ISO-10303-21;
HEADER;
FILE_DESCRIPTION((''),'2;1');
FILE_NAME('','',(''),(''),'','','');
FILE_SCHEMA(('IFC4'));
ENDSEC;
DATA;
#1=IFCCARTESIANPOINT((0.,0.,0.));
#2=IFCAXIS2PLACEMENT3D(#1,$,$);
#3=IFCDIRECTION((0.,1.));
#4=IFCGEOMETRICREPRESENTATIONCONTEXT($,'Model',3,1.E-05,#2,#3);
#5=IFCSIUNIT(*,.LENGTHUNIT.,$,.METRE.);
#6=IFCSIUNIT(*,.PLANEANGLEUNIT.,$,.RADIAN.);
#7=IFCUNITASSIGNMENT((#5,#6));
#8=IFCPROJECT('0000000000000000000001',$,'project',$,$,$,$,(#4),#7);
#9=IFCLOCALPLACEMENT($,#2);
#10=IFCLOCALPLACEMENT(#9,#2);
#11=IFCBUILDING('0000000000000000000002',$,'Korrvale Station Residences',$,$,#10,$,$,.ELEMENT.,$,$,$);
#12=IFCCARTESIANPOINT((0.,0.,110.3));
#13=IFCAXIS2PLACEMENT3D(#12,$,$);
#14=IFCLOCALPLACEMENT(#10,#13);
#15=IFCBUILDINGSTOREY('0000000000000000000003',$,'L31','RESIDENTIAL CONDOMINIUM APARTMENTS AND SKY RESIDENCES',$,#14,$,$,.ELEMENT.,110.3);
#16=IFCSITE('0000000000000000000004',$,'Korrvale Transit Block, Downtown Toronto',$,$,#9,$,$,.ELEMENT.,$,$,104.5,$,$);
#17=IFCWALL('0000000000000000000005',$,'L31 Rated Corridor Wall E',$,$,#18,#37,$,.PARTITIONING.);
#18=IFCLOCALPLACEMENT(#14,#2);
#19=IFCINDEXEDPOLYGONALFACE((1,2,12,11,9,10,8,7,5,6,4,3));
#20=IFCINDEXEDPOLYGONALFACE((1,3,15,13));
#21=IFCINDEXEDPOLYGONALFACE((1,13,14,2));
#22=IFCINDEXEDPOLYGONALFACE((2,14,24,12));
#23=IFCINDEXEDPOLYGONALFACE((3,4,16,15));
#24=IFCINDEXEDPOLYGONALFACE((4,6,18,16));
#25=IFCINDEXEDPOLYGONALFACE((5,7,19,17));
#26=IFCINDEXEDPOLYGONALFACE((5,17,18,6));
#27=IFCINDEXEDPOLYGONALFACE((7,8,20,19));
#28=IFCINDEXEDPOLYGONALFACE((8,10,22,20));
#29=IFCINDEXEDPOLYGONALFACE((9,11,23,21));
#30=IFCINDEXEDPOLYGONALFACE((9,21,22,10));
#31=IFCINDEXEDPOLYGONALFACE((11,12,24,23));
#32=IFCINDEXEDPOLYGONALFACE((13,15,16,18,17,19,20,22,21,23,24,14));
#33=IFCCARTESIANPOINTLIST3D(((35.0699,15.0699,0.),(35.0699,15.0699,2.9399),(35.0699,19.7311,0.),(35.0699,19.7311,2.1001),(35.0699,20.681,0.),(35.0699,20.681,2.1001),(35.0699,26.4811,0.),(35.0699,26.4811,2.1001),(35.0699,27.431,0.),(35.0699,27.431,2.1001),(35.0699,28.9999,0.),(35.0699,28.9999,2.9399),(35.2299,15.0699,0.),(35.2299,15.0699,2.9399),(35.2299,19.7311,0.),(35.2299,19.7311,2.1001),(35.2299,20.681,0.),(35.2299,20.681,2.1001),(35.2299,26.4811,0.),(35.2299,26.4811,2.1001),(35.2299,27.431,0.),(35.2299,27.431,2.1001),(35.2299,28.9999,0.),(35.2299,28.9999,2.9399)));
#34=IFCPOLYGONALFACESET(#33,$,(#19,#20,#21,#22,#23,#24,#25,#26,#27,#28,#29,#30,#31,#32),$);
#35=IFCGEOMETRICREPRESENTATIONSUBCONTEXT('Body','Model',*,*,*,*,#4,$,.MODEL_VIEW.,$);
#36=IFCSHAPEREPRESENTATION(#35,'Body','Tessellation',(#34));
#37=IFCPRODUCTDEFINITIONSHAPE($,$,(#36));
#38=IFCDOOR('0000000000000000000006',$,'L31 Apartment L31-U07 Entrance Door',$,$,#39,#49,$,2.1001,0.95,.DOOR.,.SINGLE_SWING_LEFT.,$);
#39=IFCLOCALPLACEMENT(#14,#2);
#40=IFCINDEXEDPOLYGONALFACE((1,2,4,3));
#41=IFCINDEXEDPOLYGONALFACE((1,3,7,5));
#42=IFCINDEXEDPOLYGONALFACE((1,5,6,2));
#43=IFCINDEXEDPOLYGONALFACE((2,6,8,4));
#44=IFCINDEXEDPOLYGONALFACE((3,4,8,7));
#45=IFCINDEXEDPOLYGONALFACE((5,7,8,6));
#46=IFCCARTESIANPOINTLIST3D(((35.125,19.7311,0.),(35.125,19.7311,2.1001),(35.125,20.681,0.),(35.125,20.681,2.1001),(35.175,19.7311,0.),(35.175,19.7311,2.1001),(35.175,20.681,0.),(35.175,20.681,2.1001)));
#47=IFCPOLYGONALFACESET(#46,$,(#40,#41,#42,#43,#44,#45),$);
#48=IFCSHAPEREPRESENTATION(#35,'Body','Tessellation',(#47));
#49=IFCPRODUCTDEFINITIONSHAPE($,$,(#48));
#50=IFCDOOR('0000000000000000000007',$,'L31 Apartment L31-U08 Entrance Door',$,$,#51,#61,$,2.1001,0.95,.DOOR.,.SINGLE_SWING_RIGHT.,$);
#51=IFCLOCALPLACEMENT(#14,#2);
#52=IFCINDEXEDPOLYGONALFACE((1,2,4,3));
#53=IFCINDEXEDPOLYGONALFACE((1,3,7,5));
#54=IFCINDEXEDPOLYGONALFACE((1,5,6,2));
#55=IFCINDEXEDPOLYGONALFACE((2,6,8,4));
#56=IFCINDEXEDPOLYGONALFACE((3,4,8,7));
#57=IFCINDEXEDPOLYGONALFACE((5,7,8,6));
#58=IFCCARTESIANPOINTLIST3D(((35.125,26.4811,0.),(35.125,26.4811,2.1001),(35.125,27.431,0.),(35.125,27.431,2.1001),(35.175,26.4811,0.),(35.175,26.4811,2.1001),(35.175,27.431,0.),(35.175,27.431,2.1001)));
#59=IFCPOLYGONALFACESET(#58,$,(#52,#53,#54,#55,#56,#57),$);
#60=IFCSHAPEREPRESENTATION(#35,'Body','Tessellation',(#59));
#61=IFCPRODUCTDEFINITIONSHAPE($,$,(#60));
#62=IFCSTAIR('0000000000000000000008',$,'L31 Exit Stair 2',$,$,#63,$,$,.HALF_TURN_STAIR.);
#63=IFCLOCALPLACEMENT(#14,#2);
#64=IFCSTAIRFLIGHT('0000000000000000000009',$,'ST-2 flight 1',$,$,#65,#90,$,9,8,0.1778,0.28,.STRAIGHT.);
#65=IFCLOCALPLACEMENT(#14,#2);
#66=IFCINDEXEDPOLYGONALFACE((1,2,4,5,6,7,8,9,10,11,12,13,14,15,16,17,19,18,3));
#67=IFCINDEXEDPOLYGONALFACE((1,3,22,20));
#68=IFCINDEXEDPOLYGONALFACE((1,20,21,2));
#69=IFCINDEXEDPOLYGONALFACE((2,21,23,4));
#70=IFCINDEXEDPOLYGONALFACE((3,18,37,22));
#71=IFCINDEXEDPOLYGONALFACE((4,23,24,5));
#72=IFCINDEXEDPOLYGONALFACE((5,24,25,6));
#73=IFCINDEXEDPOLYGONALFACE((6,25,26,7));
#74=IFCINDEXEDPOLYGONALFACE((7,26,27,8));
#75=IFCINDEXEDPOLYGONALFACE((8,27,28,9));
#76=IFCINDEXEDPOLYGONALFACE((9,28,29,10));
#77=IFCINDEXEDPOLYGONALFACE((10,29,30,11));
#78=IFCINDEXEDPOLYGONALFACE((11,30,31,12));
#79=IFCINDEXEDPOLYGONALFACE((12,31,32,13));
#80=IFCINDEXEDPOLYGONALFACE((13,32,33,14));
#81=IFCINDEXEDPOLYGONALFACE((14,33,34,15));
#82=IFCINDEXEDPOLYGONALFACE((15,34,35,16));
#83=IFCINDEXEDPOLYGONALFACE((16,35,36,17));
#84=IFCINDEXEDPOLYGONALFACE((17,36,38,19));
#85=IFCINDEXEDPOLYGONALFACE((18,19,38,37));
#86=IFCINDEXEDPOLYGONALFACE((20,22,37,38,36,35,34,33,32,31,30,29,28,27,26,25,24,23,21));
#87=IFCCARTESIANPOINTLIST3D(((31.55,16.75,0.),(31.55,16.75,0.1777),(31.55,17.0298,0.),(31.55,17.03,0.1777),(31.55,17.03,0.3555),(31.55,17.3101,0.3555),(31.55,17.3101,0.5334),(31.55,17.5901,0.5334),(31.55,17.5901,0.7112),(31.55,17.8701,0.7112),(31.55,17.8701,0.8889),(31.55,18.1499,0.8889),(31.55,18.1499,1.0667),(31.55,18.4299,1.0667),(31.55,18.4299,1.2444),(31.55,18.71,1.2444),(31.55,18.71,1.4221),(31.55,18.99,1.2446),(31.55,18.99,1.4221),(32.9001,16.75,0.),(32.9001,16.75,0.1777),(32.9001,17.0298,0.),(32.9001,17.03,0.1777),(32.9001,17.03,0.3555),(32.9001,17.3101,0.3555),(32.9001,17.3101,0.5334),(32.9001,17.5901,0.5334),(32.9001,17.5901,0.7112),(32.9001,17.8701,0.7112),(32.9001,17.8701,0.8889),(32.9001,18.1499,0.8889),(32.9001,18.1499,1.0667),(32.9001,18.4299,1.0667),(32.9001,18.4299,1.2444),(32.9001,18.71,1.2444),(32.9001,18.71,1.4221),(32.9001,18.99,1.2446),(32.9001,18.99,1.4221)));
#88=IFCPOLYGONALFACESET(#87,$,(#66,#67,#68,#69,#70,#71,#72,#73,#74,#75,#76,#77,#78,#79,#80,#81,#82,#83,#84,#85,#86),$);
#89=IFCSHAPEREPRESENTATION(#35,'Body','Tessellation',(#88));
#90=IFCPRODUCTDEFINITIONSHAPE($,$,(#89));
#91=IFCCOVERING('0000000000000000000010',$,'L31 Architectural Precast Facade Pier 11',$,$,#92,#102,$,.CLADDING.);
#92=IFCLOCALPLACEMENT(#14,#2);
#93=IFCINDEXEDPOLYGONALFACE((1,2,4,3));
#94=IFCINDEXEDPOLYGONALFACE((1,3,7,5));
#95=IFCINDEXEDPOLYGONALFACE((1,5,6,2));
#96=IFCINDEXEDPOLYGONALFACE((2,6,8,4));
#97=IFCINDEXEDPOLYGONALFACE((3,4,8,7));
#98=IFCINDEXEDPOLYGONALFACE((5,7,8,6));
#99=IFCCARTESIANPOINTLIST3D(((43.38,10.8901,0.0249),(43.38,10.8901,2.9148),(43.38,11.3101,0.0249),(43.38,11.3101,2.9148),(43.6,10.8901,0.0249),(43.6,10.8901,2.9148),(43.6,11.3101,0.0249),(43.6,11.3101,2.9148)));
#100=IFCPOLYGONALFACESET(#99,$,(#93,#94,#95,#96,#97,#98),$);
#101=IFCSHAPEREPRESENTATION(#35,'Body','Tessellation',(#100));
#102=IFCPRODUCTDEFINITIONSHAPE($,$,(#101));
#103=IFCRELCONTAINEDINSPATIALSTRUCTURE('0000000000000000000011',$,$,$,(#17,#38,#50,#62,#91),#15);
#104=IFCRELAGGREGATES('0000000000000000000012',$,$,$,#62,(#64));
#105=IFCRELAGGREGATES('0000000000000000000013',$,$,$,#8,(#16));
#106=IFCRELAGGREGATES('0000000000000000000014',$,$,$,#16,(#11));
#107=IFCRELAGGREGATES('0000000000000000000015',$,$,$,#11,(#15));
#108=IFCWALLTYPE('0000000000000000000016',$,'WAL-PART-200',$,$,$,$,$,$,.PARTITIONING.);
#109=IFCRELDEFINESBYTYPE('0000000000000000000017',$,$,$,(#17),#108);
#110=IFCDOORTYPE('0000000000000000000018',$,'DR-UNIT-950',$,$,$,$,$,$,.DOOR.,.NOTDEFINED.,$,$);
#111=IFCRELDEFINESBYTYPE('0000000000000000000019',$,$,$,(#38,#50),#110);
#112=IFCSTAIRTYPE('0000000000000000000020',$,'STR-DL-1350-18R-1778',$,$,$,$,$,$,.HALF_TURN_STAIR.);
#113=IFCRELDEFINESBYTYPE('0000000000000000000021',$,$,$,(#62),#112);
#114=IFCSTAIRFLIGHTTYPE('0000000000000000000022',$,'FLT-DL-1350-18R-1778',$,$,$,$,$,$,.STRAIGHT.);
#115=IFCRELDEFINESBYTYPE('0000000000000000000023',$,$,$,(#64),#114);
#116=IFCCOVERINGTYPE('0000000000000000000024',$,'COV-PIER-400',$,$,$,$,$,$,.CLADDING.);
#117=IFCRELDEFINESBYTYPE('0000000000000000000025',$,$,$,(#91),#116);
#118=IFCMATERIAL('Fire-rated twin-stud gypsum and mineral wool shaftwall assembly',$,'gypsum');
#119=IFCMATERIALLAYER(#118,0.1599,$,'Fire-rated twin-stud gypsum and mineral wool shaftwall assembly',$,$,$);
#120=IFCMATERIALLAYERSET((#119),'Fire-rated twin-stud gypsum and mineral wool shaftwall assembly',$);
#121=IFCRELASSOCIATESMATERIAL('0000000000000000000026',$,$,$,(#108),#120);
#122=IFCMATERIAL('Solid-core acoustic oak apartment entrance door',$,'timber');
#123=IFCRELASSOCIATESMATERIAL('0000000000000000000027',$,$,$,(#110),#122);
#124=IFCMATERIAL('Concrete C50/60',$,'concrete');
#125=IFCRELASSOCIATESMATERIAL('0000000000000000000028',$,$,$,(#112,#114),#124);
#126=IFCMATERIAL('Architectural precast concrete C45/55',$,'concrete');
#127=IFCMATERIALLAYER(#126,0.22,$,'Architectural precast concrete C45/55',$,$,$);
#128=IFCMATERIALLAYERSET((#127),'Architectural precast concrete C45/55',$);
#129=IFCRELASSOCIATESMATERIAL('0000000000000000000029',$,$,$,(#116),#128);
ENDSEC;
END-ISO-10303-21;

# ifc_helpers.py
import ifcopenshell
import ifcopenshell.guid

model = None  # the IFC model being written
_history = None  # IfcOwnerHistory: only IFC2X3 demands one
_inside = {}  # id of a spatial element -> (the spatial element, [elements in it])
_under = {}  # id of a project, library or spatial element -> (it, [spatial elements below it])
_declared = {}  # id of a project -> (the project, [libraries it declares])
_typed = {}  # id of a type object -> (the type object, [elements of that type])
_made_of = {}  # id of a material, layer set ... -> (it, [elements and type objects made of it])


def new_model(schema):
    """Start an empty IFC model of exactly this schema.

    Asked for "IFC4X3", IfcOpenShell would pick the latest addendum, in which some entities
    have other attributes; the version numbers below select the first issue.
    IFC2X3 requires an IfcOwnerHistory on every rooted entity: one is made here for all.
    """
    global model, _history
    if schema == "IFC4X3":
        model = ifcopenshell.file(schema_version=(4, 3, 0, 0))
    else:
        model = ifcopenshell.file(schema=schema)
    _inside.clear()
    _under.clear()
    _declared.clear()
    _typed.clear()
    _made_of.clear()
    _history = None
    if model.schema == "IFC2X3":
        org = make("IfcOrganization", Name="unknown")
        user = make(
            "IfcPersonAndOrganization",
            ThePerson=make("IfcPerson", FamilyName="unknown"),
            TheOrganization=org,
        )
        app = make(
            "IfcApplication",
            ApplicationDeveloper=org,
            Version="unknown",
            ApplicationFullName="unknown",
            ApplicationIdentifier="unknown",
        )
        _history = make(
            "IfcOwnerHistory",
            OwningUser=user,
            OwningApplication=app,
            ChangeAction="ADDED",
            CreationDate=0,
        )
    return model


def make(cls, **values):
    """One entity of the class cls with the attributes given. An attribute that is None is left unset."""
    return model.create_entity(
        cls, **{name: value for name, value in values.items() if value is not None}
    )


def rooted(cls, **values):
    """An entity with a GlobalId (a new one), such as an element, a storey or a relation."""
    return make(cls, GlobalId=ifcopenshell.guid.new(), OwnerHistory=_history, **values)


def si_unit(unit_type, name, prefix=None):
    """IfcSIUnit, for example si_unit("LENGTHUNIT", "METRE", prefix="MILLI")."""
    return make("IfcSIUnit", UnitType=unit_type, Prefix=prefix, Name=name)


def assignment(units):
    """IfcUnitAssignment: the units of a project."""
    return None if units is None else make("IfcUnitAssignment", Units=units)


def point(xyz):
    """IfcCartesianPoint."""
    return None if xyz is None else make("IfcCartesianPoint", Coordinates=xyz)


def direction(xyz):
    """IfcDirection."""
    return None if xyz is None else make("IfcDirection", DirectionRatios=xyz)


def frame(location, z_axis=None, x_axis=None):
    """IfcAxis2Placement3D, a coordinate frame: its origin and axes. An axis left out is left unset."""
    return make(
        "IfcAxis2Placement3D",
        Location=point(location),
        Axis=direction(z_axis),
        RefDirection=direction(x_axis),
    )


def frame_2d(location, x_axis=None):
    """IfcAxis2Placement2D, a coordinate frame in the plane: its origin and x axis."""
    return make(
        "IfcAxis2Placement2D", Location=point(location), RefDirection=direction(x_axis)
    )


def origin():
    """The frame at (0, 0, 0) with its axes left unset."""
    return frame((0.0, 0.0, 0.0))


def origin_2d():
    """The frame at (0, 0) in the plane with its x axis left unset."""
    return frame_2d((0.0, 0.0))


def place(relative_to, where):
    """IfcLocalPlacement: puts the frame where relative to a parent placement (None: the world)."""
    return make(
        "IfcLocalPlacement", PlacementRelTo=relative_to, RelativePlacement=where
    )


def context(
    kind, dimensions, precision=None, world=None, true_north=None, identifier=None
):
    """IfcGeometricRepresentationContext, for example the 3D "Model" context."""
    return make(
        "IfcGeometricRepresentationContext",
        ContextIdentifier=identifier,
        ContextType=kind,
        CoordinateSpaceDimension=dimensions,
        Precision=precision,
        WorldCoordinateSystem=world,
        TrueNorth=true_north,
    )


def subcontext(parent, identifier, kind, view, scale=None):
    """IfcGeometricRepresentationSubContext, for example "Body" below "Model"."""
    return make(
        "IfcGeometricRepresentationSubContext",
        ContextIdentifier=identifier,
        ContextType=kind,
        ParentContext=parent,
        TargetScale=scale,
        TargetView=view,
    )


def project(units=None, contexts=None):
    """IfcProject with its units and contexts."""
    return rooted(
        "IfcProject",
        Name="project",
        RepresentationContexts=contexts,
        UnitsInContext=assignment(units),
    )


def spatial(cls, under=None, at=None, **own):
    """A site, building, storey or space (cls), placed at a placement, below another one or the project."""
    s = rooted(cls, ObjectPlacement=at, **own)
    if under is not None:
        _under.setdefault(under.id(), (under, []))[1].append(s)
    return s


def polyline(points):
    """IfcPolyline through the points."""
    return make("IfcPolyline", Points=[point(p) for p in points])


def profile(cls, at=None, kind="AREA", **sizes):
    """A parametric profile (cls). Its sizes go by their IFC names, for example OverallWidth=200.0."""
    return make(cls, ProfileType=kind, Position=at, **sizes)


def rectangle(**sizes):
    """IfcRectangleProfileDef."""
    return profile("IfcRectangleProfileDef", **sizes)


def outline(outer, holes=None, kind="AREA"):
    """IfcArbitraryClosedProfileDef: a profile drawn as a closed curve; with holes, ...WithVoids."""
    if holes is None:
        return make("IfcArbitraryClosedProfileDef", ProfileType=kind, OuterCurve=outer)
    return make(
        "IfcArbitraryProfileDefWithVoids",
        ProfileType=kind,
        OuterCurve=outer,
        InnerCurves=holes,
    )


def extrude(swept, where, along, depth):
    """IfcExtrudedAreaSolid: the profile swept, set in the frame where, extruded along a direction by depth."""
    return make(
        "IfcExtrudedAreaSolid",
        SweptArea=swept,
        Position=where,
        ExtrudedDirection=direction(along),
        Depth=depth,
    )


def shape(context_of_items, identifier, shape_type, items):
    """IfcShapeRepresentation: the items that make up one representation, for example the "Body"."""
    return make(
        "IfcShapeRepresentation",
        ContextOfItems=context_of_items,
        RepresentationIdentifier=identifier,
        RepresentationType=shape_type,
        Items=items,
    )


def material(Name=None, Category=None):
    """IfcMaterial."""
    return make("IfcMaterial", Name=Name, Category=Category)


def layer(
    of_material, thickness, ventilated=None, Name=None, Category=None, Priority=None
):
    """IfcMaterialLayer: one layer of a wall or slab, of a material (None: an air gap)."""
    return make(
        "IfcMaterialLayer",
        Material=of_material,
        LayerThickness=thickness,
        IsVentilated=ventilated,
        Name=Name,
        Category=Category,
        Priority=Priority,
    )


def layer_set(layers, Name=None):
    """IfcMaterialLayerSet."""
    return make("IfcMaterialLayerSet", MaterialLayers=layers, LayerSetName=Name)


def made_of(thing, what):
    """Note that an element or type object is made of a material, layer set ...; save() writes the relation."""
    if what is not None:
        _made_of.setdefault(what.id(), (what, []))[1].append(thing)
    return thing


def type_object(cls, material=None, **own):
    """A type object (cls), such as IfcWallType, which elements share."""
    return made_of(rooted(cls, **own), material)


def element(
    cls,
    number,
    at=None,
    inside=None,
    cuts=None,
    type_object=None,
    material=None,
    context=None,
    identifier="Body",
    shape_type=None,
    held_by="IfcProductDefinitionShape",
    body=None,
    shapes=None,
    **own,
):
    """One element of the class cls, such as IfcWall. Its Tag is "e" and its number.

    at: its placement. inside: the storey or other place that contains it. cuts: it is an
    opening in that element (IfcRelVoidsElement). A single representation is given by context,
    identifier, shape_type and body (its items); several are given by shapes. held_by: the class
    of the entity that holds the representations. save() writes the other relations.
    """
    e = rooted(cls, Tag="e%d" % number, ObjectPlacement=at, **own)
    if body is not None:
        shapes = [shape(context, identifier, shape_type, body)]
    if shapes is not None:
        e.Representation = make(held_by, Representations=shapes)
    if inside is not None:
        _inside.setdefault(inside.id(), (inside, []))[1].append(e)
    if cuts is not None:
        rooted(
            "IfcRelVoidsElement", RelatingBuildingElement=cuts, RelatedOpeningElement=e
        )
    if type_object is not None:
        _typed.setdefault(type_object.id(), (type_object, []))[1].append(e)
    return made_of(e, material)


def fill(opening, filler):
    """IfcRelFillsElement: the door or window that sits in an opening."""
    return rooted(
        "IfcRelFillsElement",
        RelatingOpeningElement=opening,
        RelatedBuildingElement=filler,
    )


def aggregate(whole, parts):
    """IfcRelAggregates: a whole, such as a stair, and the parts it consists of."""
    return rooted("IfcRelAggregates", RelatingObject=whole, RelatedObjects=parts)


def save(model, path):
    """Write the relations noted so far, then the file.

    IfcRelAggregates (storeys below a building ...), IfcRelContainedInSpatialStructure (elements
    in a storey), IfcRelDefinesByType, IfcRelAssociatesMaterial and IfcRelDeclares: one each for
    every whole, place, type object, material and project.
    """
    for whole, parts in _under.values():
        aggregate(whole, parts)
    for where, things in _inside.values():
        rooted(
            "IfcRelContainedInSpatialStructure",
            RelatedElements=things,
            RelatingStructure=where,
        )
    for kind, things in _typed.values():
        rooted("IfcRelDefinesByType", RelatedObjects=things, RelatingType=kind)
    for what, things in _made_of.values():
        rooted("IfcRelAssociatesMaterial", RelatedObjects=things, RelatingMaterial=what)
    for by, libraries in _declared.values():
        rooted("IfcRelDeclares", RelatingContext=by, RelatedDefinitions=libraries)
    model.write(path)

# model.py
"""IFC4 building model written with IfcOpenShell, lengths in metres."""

from ifc_helpers import new_model, si_unit, direction, frame, frame_2d, origin, origin_2d, place, context, subcontext, project, spatial, polyline, rectangle, outline, extrude, material, layer, layer_set, type_object, element, fill, aggregate, save


model = new_model("IFC4")

# Units and contexts
model_context = context("Model", 3, precision=1e-05, world=origin(), true_north=direction((0.0, 1.0)))
body_context = subcontext(model_context, "Body", "Model", "MODEL_VIEW")
ifc_project = project(units=[si_unit("LENGTHUNIT", "METRE"), si_unit("PLANEANGLEUNIT", "RADIAN")], contexts=[model_context])

# Site, building, storey
site_placement = place(None, origin())
site = spatial("IfcSite", under=ifc_project, at=site_placement, Name="Korrvale Transit Block, Downtown Toronto", CompositionType="ELEMENT", RefElevation=104.5)
building_placement = place(site_placement, origin())
building = spatial("IfcBuilding", under=site, at=building_placement, Name="Korrvale Station Residences", CompositionType="ELEMENT")
storey_placement = place(building_placement, frame((0.0, 0.0, 110.3)))
storey = spatial("IfcBuildingStorey", under=building, at=storey_placement, Name="L31", Description="RESIDENTIAL CONDOMINIUM APARTMENTS AND SKY RESIDENCES", CompositionType="ELEMENT", Elevation=110.3)

# Shared definitions
ifc_material_1 = material(Name="Fire-rated twin-stud gypsum and mineral wool shaftwall assembly", Category="gypsum")
ifc_layer_1 = layer(ifc_material_1, 0.1599, Name="Fire-rated twin-stud gypsum and mineral wool shaftwall assembly")
ifc_layer_set_1 = layer_set([ifc_layer_1], Name="Fire-rated twin-stud gypsum and mineral wool shaftwall assembly")
wall_type_1 = type_object("IfcWallType", Name="WAL-PART-200", PredefinedType="PARTITIONING", material=ifc_layer_set_1)

# Wall, openings, doors
wall_1_placement = place(storey_placement, frame((35.1499, 15.0701, 0.0), z_axis=(0.0, 0.0, 1.0), x_axis=(0.0, 1.0, 0.0)))
wall_1 = element("IfcWall", 1, at=wall_1_placement, inside=storey, type_object=wall_type_1, Name="L31 Rated Corridor Wall E", PredefinedType="PARTITIONING", context=body_context, shape_type="SweptSolid", body=[
    extrude(rectangle(XDim=13.9299, YDim=0.1599, at=frame_2d((6.9648, 0.0))), origin(), (0.0, 0.0, 1.0), 2.9399),
])
opening_1_placement = place(wall_1_placement, frame((4.6609, 0.0, 0.0)))
opening_1 = element("IfcOpeningElement", 2, at=opening_1_placement, cuts=wall_1, PredefinedType="OPENING", context=body_context, shape_type="SweptSolid", body=[
    extrude(rectangle(XDim=0.95, YDim=2.1001, at=frame_2d((0.4751, 1.05))), frame((0.0, 0.0898, 0.0), z_axis=(0.0, -1.0, 0.0), x_axis=(1.0, 0.0, 0.0)), (0.0, 0.0, 1.0), 0.1799),
])
opening_2_placement = place(wall_1_placement, frame((11.4109, 0.0, 0.0)))
opening_2 = element("IfcOpeningElement", 3, at=opening_2_placement, cuts=wall_1, PredefinedType="OPENING", context=body_context, shape_type="SweptSolid", body=[
    extrude(rectangle(XDim=0.95, YDim=2.1001, at=frame_2d((0.4751, 1.05))), frame((0.0, 0.0898, 0.0), z_axis=(0.0, -1.0, 0.0), x_axis=(1.0, 0.0, 0.0)), (0.0, 0.0, 1.0), 0.1799),
])
ifc_material_2 = material(Name="Solid-core acoustic oak apartment entrance door", Category="timber")
door_type_1 = type_object("IfcDoorType", Name="DR-UNIT-950", OperationType="NOTDEFINED", PredefinedType="DOOR", material=ifc_material_2)
door_1_placement = place(opening_1_placement, origin())
door_1 = element("IfcDoor", 4, at=door_1_placement, inside=storey, type_object=door_type_1, Name="L31 Apartment L31-U07 Entrance Door", OperationType="SINGLE_SWING_LEFT", OverallHeight=2.1001, OverallWidth=0.95, PredefinedType="DOOR", context=body_context, shape_type="SweptSolid", body=[
    extrude(rectangle(XDim=0.95, YDim=2.1001, at=frame_2d((0.4751, 1.05))), frame((0.0, 0.0249, 0.0), z_axis=(0.0, -1.0, 0.0), x_axis=(1.0, 0.0, 0.0)), (0.0, 0.0, 1.0), 0.05),
])
fill(opening_1, door_1)
door_2_placement = place(opening_2_placement, origin())
door_2 = element("IfcDoor", 5, at=door_2_placement, inside=storey, type_object=door_type_1, Name="L31 Apartment L31-U08 Entrance Door", OperationType="SINGLE_SWING_RIGHT", OverallHeight=2.1001, OverallWidth=0.95, PredefinedType="DOOR", context=body_context, shape_type="SweptSolid", body=[
    extrude(rectangle(XDim=0.95, YDim=2.1001, at=frame_2d((0.4751, 1.05))), frame((0.0, 0.0249, 0.0), z_axis=(0.0, -1.0, 0.0), x_axis=(1.0, 0.0, 0.0)), (0.0, 0.0, 1.0), 0.05),
])
fill(opening_2, door_2)

# Stair, stair flight
ifc_material_3 = material(Name="Concrete C50/60", Category="concrete")
stair_type = type_object("IfcStairType", Name="STR-DL-1350-18R-1778", PredefinedType="HALF_TURN_STAIR", material=ifc_material_3)
stair_placement = place(storey_placement, origin())
stair = element("IfcStair", 6, at=stair_placement, inside=storey, type_object=stair_type, Name="L31 Exit Stair 2", PredefinedType="HALF_TURN_STAIR")
stair_flight_type = type_object("IfcStairFlightType", Name="FLT-DL-1350-18R-1778", PredefinedType="STRAIGHT", material=ifc_material_3)
stair_flight_placement = place(storey_placement, frame((32.2251, 16.75, 0.0), z_axis=(0.0, 0.0, 1.0), x_axis=(0.0, 1.0, 0.0)))
stair_flight = element("IfcStairFlight", 7, at=stair_flight_placement, type_object=stair_flight_type, Name="ST-2 flight 1", NumberOfRisers=9, NumberOfTreads=8, PredefinedType="STRAIGHT", RiserHeight=0.1778, TreadLength=0.28, context=body_context, shape_type="SweptSolid", body=[
    extrude(outline(polyline([(0.0, 0.0), (0.0, 0.1777), (0.28, 0.1777), (0.28, 0.3555), (0.5601, 0.3555), (0.5601, 0.5334), (0.8401, 0.5334), (0.8401, 0.7112), (1.1201, 0.7112), (1.1201, 0.8889), (1.3999, 0.8889), (1.3999, 1.0667), (1.6799, 1.0667), (1.6799, 1.2444), (1.96, 1.2444), (1.96, 1.4221), (2.24, 1.4221), (2.24, 1.6001), (2.24, 1.2446), (0.2798, 0.0), (0.0, 0.0)])), frame((0.0, 0.675, 0.0), z_axis=(0.0, -1.0, 0.0), x_axis=(1.0, 0.0, 0.0)), (0.0, 0.0, 1.0), 1.3501),
])
aggregate(stair, [stair_flight])

# Covering
ifc_material_4 = material(Name="Architectural precast concrete C45/55", Category="concrete")
ifc_layer_2 = layer(ifc_material_4, 0.22, Name="Architectural precast concrete C45/55")
ifc_layer_set_2 = layer_set([ifc_layer_2], Name="Architectural precast concrete C45/55")
covering_type = type_object("IfcCoveringType", Name="COV-PIER-400", PredefinedType="CLADDING", material=ifc_layer_set_2)
covering_placement = place(storey_placement, frame((43.49, 11.1001, 0.0249), z_axis=(0.0, 0.0, 1.0), x_axis=(0.0, 1.0, 0.0)))
element("IfcCovering", 8, at=covering_placement, inside=storey, type_object=covering_type, Name="L31 Architectural Precast Facade Pier 11", PredefinedType="CLADDING", context=body_context, shape_type="SweptSolid", body=[
    extrude(rectangle(XDim=0.4199, YDim=0.22, at=origin_2d()), origin(), (0.0, 0.0, 1.0), 2.8899),
])

save(model, "model.ifc")
